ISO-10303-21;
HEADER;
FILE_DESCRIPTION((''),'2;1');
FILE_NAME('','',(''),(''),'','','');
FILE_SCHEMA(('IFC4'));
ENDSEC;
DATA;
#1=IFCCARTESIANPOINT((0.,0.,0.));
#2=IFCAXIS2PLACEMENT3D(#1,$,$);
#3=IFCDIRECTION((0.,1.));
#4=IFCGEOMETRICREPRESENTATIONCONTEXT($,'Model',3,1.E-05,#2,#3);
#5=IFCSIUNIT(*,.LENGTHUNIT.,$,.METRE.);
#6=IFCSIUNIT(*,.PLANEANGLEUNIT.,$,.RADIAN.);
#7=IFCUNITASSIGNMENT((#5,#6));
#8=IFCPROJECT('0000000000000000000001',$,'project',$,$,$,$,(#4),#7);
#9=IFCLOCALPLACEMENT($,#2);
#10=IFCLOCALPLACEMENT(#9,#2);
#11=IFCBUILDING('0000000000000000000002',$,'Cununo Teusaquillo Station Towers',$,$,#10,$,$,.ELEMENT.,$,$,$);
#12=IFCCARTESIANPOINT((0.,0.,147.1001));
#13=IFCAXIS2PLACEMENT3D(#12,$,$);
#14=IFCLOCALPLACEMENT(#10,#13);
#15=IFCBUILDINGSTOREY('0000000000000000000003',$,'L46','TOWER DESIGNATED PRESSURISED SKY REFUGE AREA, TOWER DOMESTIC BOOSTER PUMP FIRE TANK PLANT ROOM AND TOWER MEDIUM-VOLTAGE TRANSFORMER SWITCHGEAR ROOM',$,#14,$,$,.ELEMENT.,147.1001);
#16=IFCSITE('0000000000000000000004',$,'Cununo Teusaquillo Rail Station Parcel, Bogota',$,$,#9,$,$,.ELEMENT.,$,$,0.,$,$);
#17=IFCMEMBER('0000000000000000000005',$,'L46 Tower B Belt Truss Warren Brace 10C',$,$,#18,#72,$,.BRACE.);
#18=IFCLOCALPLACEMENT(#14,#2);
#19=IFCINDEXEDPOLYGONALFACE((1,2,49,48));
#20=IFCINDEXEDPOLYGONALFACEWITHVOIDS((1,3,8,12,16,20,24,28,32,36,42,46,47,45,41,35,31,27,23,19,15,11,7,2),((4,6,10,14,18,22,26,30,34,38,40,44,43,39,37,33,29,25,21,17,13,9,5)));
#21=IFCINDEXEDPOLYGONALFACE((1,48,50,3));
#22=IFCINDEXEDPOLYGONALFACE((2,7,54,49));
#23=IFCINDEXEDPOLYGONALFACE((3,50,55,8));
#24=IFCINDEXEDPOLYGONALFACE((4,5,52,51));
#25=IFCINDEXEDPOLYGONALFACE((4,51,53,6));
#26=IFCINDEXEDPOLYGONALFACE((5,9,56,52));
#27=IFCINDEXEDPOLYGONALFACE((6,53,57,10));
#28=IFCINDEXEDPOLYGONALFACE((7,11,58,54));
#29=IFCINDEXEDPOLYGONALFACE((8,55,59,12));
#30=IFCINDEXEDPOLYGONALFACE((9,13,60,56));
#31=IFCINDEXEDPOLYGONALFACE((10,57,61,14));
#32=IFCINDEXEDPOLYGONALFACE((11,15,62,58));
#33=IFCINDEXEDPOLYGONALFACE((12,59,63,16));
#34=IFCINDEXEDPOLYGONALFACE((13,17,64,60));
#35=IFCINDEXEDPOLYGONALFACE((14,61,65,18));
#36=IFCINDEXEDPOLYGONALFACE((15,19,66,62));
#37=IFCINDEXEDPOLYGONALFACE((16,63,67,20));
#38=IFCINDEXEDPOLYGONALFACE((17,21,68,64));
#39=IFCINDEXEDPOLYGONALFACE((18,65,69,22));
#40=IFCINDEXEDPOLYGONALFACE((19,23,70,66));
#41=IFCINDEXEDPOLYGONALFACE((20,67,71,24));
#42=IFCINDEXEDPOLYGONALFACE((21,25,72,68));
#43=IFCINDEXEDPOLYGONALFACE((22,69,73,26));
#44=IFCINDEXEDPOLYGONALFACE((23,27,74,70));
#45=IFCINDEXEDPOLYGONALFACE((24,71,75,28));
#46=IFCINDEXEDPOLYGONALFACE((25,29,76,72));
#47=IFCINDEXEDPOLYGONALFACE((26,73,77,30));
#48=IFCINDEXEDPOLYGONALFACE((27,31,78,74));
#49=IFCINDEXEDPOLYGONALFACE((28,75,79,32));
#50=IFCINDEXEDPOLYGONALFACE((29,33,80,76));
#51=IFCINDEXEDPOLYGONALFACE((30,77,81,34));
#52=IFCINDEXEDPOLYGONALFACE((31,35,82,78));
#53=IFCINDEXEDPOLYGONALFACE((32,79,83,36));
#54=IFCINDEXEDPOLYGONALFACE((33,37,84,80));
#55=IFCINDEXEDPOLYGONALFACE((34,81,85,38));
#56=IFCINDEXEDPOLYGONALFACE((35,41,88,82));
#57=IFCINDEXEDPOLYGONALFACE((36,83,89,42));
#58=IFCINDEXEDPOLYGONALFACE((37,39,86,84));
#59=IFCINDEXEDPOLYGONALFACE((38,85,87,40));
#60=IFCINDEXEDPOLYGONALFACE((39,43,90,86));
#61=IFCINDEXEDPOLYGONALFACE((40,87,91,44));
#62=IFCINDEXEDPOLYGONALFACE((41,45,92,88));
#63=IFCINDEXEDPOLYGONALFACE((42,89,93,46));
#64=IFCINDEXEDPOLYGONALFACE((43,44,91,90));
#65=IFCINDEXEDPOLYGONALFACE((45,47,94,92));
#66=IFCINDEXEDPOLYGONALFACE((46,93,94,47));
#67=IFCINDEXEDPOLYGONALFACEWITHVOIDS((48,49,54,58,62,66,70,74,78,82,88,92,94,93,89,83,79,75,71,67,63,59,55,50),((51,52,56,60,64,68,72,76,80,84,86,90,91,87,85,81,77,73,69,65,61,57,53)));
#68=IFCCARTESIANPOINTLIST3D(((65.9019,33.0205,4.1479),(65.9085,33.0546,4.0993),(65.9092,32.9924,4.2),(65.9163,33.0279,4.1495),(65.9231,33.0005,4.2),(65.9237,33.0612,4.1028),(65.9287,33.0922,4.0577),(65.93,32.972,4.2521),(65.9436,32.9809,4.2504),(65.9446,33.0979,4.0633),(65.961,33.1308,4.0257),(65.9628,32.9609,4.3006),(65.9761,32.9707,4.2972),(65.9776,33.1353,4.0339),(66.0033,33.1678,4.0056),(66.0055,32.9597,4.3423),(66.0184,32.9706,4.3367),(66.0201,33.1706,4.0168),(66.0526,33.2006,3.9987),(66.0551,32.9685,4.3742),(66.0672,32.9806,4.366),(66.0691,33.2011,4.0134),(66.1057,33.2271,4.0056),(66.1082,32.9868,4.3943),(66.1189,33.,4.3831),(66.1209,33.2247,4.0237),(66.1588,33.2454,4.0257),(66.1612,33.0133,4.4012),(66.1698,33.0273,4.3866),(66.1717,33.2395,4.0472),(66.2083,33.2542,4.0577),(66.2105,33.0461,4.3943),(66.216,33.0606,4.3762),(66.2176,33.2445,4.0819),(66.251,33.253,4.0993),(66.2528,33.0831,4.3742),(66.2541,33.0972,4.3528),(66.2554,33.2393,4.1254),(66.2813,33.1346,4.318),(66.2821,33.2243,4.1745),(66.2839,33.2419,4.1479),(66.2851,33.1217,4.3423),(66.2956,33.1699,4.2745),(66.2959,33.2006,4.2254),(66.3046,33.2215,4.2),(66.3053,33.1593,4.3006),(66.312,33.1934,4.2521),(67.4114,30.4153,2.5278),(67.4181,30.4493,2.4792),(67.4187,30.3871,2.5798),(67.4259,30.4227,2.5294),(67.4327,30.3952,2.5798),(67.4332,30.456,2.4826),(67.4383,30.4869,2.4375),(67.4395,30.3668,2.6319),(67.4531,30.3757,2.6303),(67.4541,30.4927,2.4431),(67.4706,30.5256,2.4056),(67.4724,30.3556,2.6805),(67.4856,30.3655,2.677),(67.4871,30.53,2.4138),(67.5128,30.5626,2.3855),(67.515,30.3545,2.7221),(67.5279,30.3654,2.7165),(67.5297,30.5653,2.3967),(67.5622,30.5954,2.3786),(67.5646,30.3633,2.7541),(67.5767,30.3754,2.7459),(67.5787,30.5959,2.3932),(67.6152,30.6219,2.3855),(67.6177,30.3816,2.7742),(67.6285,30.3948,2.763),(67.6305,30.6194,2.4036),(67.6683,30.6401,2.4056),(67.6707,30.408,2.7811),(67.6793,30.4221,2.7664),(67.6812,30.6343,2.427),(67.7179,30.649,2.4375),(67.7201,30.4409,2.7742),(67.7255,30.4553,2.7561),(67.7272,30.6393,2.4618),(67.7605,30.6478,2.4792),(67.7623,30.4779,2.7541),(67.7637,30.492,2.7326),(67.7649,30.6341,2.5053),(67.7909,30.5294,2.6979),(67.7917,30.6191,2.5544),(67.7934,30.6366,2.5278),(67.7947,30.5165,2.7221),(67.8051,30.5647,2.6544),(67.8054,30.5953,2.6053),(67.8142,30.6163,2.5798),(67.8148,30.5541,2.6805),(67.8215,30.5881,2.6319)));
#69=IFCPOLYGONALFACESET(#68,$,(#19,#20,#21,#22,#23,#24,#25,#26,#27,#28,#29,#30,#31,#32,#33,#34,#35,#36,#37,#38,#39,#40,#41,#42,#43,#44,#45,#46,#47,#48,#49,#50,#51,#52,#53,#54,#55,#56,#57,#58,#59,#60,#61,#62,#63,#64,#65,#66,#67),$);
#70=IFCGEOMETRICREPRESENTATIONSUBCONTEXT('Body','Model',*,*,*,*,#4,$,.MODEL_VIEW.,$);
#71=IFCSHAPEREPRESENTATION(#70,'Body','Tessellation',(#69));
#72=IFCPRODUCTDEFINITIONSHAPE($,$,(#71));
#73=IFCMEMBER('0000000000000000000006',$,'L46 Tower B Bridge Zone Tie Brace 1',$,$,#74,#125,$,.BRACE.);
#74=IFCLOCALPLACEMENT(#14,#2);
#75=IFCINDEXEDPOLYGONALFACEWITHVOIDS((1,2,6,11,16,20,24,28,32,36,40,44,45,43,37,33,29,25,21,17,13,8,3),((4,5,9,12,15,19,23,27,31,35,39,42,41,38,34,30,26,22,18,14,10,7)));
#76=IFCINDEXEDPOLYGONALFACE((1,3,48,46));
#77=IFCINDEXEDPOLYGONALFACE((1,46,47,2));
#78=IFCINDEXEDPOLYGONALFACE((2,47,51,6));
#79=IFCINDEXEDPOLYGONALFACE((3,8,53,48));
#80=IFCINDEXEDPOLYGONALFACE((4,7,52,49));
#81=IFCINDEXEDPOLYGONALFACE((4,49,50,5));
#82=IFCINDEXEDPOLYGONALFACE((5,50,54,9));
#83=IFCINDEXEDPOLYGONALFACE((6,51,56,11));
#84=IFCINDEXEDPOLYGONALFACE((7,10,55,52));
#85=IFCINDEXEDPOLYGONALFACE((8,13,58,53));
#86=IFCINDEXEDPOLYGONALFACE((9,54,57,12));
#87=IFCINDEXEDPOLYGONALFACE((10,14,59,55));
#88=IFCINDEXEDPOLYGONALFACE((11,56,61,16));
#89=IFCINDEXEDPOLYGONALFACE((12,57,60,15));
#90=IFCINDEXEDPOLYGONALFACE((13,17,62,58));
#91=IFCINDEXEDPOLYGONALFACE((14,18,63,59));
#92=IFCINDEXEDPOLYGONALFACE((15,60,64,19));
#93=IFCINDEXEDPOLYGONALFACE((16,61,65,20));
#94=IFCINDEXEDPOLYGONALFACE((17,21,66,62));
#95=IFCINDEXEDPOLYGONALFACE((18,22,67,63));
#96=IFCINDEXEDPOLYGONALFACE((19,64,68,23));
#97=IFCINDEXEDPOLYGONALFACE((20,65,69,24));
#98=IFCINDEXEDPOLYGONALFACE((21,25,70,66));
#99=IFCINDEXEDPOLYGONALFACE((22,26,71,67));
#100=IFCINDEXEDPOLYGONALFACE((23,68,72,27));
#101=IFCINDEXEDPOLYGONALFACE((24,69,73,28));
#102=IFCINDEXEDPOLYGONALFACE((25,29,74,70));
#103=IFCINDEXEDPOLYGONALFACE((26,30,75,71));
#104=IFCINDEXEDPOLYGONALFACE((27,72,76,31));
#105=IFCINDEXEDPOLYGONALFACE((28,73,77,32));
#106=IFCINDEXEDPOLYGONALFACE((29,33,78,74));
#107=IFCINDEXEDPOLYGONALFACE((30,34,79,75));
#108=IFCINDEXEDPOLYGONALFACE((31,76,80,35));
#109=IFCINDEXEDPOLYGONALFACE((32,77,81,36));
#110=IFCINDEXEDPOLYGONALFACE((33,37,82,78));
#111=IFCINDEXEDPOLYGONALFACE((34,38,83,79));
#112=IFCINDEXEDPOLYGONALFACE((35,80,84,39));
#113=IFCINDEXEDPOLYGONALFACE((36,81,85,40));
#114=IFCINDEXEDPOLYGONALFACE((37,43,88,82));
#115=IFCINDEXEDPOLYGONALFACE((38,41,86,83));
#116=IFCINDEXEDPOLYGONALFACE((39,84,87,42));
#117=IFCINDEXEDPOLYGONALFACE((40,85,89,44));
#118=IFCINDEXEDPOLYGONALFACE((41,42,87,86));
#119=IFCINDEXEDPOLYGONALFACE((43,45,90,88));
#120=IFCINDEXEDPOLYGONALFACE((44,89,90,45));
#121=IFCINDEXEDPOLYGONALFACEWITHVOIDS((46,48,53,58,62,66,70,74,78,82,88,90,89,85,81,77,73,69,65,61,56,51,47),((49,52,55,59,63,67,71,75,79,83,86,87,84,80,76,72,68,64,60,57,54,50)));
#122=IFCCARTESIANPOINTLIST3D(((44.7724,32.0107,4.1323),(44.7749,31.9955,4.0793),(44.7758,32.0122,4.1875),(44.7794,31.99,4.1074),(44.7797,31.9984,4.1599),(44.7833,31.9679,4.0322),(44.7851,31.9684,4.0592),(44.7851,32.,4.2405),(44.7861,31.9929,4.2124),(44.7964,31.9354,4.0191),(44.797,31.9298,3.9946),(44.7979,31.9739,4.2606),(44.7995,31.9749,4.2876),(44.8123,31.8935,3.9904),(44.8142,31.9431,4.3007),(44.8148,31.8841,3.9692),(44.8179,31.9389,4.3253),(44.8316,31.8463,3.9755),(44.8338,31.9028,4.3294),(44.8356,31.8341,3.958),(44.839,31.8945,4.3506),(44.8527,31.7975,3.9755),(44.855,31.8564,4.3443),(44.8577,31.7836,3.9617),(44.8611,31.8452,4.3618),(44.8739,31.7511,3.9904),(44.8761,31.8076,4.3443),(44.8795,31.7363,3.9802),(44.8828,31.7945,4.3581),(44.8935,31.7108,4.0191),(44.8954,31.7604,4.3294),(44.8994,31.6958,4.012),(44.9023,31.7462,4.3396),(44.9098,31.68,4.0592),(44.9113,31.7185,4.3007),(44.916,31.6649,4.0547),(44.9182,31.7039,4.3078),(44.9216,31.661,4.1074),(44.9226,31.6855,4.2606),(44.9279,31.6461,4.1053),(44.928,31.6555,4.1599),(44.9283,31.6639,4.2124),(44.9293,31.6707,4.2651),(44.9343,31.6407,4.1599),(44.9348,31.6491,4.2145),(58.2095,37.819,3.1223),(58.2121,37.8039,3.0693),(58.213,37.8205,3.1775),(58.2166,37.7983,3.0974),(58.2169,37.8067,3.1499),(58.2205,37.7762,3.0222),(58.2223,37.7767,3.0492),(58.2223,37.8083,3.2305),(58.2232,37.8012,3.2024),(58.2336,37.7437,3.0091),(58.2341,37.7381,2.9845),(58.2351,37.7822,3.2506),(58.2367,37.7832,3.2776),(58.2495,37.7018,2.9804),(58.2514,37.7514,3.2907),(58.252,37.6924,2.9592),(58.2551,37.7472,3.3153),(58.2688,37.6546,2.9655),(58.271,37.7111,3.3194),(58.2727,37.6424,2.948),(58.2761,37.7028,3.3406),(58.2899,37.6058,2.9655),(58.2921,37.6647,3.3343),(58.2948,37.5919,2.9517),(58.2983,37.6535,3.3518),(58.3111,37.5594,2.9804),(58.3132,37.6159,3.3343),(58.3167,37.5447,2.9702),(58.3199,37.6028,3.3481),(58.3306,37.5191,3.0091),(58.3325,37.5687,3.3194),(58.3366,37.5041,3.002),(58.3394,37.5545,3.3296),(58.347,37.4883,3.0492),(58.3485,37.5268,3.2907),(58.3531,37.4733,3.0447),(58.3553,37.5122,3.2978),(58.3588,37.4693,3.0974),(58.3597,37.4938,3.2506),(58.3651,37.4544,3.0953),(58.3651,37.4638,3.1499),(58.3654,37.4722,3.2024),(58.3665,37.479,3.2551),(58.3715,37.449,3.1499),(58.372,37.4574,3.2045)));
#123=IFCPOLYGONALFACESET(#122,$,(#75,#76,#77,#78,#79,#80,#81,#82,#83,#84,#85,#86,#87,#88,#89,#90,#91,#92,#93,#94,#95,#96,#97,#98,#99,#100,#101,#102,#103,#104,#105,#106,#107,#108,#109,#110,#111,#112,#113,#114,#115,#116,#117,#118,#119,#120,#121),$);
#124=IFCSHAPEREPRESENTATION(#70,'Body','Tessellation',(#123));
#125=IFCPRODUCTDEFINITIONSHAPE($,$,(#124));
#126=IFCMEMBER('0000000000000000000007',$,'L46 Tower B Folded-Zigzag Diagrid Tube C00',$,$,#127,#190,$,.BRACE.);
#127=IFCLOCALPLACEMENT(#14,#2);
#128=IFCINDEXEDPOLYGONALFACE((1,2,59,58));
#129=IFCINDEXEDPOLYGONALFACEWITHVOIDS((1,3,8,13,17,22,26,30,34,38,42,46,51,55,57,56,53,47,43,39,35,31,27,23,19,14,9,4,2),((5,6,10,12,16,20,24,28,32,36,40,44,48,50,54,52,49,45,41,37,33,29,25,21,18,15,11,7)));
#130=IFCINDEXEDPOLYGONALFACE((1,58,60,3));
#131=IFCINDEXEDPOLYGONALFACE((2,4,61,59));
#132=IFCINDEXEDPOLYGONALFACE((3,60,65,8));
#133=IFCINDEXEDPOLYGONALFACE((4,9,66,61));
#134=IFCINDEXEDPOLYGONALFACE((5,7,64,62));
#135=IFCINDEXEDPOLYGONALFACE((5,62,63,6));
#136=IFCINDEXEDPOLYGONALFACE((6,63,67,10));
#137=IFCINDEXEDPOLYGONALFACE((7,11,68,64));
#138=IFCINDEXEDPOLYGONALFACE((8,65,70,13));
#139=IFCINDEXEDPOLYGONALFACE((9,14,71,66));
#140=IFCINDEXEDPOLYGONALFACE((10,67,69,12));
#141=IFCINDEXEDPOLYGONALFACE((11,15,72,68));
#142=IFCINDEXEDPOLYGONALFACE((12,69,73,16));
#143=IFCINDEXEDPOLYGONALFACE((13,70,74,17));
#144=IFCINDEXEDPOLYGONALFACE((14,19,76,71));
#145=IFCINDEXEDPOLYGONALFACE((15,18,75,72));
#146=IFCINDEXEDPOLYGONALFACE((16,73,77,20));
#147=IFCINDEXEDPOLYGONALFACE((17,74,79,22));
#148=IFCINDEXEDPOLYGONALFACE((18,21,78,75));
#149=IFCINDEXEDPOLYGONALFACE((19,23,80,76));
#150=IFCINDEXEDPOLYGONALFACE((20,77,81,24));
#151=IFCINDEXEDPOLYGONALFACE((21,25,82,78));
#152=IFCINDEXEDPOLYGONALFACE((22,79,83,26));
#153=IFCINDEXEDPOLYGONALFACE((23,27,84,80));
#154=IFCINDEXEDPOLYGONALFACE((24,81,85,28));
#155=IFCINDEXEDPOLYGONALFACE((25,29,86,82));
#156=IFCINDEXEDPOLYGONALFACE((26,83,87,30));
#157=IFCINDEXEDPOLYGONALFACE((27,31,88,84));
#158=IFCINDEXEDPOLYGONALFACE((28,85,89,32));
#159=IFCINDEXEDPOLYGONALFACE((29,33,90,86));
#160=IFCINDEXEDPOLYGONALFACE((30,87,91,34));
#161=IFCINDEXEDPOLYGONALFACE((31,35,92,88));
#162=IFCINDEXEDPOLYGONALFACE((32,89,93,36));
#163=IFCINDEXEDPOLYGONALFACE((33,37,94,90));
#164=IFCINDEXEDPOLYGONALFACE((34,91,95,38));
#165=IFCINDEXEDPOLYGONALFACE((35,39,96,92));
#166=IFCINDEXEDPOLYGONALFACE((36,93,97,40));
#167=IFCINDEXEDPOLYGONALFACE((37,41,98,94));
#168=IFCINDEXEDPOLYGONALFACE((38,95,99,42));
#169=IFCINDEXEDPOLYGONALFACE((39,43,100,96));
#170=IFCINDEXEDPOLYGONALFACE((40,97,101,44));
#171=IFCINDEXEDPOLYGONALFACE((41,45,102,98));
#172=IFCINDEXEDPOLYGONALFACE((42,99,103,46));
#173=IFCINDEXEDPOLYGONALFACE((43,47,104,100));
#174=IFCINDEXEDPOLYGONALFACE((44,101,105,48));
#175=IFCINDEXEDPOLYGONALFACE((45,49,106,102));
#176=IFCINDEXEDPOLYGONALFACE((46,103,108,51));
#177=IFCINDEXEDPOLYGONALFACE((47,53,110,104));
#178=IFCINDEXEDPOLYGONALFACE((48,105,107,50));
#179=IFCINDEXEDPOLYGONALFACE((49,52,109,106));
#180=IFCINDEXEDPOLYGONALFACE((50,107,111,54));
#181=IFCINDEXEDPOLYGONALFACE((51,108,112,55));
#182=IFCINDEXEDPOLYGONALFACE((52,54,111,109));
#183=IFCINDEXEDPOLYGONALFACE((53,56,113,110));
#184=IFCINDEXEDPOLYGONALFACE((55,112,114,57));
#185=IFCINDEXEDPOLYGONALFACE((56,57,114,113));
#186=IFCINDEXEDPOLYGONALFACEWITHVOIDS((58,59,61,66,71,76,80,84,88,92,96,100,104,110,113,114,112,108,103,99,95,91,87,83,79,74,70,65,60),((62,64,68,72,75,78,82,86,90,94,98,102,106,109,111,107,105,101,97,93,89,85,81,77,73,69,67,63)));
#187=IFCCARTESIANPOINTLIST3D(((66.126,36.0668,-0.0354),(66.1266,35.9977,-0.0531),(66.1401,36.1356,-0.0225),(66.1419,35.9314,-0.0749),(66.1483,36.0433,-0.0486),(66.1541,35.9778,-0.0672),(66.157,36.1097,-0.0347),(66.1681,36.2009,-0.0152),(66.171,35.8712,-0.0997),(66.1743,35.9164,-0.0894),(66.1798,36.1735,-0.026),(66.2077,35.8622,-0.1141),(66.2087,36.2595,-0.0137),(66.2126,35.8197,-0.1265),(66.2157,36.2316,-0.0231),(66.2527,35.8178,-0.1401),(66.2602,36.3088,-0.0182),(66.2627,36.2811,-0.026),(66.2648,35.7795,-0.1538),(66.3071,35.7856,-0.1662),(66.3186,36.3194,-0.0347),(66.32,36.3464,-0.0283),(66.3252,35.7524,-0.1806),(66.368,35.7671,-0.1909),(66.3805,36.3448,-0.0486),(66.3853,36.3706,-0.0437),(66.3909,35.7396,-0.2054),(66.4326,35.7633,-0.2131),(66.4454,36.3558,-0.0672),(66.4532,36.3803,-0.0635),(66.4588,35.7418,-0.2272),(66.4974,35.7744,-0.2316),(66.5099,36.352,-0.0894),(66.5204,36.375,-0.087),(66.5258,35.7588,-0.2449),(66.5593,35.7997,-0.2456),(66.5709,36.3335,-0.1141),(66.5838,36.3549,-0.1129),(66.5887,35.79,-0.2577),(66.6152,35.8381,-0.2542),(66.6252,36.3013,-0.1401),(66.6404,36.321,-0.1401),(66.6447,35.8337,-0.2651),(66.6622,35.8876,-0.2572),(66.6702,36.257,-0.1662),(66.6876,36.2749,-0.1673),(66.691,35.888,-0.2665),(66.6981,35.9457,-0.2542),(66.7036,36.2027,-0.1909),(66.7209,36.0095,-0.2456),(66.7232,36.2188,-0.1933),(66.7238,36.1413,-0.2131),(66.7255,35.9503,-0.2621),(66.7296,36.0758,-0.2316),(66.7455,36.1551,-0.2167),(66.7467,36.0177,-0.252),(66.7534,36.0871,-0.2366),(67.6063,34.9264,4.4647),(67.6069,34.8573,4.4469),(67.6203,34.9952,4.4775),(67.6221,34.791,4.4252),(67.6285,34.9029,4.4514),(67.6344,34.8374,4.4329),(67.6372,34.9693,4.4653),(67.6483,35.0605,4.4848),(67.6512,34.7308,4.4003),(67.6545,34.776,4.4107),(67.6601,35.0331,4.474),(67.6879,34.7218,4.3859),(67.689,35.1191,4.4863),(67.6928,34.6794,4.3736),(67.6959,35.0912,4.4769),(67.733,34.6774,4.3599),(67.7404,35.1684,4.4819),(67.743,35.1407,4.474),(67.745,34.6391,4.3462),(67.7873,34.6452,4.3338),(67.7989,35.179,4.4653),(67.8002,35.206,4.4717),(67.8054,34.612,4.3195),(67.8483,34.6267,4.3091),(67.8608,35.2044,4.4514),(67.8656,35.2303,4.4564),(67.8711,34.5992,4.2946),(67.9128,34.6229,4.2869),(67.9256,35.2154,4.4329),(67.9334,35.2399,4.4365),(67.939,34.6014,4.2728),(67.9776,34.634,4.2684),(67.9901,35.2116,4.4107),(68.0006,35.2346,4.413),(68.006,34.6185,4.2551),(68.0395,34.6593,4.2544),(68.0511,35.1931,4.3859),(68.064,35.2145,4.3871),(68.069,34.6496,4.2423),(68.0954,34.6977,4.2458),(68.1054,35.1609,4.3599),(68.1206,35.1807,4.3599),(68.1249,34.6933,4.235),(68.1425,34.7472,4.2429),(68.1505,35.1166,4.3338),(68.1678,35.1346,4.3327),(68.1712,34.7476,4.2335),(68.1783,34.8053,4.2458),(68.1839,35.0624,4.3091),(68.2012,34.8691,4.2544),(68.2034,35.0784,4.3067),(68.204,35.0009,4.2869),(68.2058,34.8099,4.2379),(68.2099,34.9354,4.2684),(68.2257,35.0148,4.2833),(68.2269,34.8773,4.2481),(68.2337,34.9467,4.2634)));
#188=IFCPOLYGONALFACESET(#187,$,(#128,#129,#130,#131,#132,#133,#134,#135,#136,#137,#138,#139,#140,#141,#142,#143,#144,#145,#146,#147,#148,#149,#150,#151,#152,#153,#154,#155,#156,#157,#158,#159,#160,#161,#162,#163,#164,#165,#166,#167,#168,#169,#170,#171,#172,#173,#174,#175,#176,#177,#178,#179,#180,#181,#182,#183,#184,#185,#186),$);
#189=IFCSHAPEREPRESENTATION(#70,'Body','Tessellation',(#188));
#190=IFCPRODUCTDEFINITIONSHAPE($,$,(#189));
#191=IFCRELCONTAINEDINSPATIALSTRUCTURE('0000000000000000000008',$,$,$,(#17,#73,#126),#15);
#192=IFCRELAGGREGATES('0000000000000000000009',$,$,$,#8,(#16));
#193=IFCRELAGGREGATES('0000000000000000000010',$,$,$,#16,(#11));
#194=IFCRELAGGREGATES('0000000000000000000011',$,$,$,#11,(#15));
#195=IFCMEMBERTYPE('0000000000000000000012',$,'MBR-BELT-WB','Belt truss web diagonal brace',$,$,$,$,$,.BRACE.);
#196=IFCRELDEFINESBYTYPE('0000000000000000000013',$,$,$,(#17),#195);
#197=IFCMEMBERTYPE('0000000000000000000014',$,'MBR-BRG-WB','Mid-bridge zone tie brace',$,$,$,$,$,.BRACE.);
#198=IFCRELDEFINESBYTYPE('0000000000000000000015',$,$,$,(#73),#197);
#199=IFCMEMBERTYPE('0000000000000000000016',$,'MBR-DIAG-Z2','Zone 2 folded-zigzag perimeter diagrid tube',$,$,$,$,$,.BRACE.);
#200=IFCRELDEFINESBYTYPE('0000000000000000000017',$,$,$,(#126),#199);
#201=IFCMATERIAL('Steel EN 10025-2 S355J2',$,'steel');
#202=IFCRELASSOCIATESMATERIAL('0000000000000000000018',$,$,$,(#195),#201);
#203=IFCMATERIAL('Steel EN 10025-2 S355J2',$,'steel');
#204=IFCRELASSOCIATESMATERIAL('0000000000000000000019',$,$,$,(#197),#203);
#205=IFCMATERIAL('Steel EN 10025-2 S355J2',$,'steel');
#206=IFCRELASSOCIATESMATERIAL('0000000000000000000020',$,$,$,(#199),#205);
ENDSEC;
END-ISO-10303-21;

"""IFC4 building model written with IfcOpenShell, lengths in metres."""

from ifc_helpers import new_model, si_unit, direction, frame, origin, origin_2d, place, context, subcontext, project, spatial, hollow_circle, extrude, material, material_profile, profile_set, type_object, element, save


model = new_model("IFC4")

# Units and contexts
model_context = context("Model", 3, precision=1e-05, world=origin(), true_north=direction((0.0, 1.0)))
body_context = subcontext(model_context, "Body", "Model", "MODEL_VIEW")
ifc_project = project(units=[si_unit("LENGTHUNIT", "METRE"), si_unit("PLANEANGLEUNIT", "RADIAN")], contexts=[model_context])

# Site, building, storey
site_placement = place(None, origin())
site = spatial("IfcSite", under=ifc_project, at=site_placement, Name="Cununo Teusaquillo Rail Station Parcel, Bogota", CompositionType="ELEMENT", RefElevation=0.0)
building_placement = place(site_placement, origin())
building = spatial("IfcBuilding", under=site, at=building_placement, Name="Cununo Teusaquillo Station Towers", CompositionType="ELEMENT")
storey_placement = place(building_placement, frame((0.0, 0.0, 147.1001)))
storey = spatial("IfcBuildingStorey", under=building, at=storey_placement, Name="L46", Description="TOWER DESIGNATED PRESSURISED SKY REFUGE AREA, TOWER DOMESTIC BOOSTER PUMP FIRE TANK PLANT ROOM AND TOWER MEDIUM-VOLTAGE TRANSFORMER SWITCHGEAR ROOM", CompositionType="ELEMENT", Elevation=147.1001)

# Members
ifc_material_1 = material(Name="Steel EN 10025-2 S355J2", Category="steel")
ifc_material_profile_1 = material_profile(ifc_material_1, hollow_circle(Radius=0.2285, WallThickness=0.0161, at=origin_2d()), Name="CHS 457x16")
ifc_profile_set_1 = profile_set([ifc_material_profile_1], Name="Steel EN 10025-2 S355J2")
member_type_1 = type_object("IfcMemberType", Name="MBR-BELT-WB", Description="Belt truss web diagonal brace", PredefinedType="BRACE", material=ifc_profile_set_1)
member_1_placement = place(storey_placement, frame((67.6165, 30.5017, 2.5798), z_axis=(-0.441489, 0.76195, 0.473835), x_axis=(-0.865249, -0.501343, 0.0)))
element("IfcMember", 1, at=member_1_placement, inside=storey, type_object=member_type_1, Name="L46 Tower B Belt Truss Warren Brace 10C", PredefinedType="BRACE", context=body_context, shape_type="SweptSolid", body=[
    extrude(hollow_circle(Radius=0.2285, WallThickness=0.0161, at=origin_2d()), origin(), (0.0, 0.0, 1.0), 3.4192),
])
ifc_material_2 = material(Name="Steel EN 10025-2 S355J2", Category="steel")
ifc_material_profile_2 = material_profile(ifc_material_2, hollow_circle(Radius=0.2029, WallThickness=0.0161, at=origin_2d()), Name="CHS 406x16")
ifc_profile_set_2 = profile_set([ifc_material_profile_2], Name="Steel EN 10025-2 S355J2")
member_type_2 = type_object("IfcMemberType", Name="MBR-BRG-WB", Description="Mid-bridge zone tie brace", PredefinedType="BRACE", material=ifc_profile_set_2)
member_2_placement = place(storey_placement, frame((58.291, 37.6353, 3.1499), z_axis=(-0.915739, -0.395835, 0.068831), x_axis=(0.396776, -0.917916, 0.0)))
element("IfcMember", 2, at=member_2_placement, inside=storey, type_object=member_type_2, Name="L46 Tower B Bridge Zone Tie Brace 1", PredefinedType="BRACE", context=body_context, shape_type="SweptSolid", body=[
    extrude(hollow_circle(Radius=0.2029, WallThickness=0.0161, at=origin_2d()), origin(), (0.0, 0.0, 1.0), 14.6736),
])
ifc_material_3 = material(Name="Steel EN 10025-2 S355J2", Category="steel")
ifc_material_profile_3 = material_profile(ifc_material_3, hollow_circle(Radius=0.3301, WallThickness=0.0249, at=origin_2d()), Name="CHS 660x25")
ifc_profile_set_3 = profile_set([ifc_material_profile_3], Name="Steel EN 10025-2 S355J2")
member_type_3 = type_object("IfcMemberType", Name="MBR-DIAG-Z2", Description="Zone 2 folded-zigzag perimeter diagrid tube", PredefinedType="BRACE", material=ifc_profile_set_3)
member_3_placement = place(storey_placement, frame((66.439, 36.0596, -0.1401), z_axis=(0.30379, -0.234043, 0.923545), x_axis=(0.610298, 0.792172, 0.0)))
element("IfcMember", 3, at=member_3_placement, inside=storey, type_object=member_type_3, Name="L46 Tower B Folded-Zigzag Diagrid Tube C00", PredefinedType="BRACE", context=body_context, shape_type="SweptSolid", body=[
    extrude(hollow_circle(Radius=0.3301, WallThickness=0.0249, at=origin_2d()), origin(), (0.0, 0.0, 1.0), 4.8726),
])

save(model, "model.ifc")
